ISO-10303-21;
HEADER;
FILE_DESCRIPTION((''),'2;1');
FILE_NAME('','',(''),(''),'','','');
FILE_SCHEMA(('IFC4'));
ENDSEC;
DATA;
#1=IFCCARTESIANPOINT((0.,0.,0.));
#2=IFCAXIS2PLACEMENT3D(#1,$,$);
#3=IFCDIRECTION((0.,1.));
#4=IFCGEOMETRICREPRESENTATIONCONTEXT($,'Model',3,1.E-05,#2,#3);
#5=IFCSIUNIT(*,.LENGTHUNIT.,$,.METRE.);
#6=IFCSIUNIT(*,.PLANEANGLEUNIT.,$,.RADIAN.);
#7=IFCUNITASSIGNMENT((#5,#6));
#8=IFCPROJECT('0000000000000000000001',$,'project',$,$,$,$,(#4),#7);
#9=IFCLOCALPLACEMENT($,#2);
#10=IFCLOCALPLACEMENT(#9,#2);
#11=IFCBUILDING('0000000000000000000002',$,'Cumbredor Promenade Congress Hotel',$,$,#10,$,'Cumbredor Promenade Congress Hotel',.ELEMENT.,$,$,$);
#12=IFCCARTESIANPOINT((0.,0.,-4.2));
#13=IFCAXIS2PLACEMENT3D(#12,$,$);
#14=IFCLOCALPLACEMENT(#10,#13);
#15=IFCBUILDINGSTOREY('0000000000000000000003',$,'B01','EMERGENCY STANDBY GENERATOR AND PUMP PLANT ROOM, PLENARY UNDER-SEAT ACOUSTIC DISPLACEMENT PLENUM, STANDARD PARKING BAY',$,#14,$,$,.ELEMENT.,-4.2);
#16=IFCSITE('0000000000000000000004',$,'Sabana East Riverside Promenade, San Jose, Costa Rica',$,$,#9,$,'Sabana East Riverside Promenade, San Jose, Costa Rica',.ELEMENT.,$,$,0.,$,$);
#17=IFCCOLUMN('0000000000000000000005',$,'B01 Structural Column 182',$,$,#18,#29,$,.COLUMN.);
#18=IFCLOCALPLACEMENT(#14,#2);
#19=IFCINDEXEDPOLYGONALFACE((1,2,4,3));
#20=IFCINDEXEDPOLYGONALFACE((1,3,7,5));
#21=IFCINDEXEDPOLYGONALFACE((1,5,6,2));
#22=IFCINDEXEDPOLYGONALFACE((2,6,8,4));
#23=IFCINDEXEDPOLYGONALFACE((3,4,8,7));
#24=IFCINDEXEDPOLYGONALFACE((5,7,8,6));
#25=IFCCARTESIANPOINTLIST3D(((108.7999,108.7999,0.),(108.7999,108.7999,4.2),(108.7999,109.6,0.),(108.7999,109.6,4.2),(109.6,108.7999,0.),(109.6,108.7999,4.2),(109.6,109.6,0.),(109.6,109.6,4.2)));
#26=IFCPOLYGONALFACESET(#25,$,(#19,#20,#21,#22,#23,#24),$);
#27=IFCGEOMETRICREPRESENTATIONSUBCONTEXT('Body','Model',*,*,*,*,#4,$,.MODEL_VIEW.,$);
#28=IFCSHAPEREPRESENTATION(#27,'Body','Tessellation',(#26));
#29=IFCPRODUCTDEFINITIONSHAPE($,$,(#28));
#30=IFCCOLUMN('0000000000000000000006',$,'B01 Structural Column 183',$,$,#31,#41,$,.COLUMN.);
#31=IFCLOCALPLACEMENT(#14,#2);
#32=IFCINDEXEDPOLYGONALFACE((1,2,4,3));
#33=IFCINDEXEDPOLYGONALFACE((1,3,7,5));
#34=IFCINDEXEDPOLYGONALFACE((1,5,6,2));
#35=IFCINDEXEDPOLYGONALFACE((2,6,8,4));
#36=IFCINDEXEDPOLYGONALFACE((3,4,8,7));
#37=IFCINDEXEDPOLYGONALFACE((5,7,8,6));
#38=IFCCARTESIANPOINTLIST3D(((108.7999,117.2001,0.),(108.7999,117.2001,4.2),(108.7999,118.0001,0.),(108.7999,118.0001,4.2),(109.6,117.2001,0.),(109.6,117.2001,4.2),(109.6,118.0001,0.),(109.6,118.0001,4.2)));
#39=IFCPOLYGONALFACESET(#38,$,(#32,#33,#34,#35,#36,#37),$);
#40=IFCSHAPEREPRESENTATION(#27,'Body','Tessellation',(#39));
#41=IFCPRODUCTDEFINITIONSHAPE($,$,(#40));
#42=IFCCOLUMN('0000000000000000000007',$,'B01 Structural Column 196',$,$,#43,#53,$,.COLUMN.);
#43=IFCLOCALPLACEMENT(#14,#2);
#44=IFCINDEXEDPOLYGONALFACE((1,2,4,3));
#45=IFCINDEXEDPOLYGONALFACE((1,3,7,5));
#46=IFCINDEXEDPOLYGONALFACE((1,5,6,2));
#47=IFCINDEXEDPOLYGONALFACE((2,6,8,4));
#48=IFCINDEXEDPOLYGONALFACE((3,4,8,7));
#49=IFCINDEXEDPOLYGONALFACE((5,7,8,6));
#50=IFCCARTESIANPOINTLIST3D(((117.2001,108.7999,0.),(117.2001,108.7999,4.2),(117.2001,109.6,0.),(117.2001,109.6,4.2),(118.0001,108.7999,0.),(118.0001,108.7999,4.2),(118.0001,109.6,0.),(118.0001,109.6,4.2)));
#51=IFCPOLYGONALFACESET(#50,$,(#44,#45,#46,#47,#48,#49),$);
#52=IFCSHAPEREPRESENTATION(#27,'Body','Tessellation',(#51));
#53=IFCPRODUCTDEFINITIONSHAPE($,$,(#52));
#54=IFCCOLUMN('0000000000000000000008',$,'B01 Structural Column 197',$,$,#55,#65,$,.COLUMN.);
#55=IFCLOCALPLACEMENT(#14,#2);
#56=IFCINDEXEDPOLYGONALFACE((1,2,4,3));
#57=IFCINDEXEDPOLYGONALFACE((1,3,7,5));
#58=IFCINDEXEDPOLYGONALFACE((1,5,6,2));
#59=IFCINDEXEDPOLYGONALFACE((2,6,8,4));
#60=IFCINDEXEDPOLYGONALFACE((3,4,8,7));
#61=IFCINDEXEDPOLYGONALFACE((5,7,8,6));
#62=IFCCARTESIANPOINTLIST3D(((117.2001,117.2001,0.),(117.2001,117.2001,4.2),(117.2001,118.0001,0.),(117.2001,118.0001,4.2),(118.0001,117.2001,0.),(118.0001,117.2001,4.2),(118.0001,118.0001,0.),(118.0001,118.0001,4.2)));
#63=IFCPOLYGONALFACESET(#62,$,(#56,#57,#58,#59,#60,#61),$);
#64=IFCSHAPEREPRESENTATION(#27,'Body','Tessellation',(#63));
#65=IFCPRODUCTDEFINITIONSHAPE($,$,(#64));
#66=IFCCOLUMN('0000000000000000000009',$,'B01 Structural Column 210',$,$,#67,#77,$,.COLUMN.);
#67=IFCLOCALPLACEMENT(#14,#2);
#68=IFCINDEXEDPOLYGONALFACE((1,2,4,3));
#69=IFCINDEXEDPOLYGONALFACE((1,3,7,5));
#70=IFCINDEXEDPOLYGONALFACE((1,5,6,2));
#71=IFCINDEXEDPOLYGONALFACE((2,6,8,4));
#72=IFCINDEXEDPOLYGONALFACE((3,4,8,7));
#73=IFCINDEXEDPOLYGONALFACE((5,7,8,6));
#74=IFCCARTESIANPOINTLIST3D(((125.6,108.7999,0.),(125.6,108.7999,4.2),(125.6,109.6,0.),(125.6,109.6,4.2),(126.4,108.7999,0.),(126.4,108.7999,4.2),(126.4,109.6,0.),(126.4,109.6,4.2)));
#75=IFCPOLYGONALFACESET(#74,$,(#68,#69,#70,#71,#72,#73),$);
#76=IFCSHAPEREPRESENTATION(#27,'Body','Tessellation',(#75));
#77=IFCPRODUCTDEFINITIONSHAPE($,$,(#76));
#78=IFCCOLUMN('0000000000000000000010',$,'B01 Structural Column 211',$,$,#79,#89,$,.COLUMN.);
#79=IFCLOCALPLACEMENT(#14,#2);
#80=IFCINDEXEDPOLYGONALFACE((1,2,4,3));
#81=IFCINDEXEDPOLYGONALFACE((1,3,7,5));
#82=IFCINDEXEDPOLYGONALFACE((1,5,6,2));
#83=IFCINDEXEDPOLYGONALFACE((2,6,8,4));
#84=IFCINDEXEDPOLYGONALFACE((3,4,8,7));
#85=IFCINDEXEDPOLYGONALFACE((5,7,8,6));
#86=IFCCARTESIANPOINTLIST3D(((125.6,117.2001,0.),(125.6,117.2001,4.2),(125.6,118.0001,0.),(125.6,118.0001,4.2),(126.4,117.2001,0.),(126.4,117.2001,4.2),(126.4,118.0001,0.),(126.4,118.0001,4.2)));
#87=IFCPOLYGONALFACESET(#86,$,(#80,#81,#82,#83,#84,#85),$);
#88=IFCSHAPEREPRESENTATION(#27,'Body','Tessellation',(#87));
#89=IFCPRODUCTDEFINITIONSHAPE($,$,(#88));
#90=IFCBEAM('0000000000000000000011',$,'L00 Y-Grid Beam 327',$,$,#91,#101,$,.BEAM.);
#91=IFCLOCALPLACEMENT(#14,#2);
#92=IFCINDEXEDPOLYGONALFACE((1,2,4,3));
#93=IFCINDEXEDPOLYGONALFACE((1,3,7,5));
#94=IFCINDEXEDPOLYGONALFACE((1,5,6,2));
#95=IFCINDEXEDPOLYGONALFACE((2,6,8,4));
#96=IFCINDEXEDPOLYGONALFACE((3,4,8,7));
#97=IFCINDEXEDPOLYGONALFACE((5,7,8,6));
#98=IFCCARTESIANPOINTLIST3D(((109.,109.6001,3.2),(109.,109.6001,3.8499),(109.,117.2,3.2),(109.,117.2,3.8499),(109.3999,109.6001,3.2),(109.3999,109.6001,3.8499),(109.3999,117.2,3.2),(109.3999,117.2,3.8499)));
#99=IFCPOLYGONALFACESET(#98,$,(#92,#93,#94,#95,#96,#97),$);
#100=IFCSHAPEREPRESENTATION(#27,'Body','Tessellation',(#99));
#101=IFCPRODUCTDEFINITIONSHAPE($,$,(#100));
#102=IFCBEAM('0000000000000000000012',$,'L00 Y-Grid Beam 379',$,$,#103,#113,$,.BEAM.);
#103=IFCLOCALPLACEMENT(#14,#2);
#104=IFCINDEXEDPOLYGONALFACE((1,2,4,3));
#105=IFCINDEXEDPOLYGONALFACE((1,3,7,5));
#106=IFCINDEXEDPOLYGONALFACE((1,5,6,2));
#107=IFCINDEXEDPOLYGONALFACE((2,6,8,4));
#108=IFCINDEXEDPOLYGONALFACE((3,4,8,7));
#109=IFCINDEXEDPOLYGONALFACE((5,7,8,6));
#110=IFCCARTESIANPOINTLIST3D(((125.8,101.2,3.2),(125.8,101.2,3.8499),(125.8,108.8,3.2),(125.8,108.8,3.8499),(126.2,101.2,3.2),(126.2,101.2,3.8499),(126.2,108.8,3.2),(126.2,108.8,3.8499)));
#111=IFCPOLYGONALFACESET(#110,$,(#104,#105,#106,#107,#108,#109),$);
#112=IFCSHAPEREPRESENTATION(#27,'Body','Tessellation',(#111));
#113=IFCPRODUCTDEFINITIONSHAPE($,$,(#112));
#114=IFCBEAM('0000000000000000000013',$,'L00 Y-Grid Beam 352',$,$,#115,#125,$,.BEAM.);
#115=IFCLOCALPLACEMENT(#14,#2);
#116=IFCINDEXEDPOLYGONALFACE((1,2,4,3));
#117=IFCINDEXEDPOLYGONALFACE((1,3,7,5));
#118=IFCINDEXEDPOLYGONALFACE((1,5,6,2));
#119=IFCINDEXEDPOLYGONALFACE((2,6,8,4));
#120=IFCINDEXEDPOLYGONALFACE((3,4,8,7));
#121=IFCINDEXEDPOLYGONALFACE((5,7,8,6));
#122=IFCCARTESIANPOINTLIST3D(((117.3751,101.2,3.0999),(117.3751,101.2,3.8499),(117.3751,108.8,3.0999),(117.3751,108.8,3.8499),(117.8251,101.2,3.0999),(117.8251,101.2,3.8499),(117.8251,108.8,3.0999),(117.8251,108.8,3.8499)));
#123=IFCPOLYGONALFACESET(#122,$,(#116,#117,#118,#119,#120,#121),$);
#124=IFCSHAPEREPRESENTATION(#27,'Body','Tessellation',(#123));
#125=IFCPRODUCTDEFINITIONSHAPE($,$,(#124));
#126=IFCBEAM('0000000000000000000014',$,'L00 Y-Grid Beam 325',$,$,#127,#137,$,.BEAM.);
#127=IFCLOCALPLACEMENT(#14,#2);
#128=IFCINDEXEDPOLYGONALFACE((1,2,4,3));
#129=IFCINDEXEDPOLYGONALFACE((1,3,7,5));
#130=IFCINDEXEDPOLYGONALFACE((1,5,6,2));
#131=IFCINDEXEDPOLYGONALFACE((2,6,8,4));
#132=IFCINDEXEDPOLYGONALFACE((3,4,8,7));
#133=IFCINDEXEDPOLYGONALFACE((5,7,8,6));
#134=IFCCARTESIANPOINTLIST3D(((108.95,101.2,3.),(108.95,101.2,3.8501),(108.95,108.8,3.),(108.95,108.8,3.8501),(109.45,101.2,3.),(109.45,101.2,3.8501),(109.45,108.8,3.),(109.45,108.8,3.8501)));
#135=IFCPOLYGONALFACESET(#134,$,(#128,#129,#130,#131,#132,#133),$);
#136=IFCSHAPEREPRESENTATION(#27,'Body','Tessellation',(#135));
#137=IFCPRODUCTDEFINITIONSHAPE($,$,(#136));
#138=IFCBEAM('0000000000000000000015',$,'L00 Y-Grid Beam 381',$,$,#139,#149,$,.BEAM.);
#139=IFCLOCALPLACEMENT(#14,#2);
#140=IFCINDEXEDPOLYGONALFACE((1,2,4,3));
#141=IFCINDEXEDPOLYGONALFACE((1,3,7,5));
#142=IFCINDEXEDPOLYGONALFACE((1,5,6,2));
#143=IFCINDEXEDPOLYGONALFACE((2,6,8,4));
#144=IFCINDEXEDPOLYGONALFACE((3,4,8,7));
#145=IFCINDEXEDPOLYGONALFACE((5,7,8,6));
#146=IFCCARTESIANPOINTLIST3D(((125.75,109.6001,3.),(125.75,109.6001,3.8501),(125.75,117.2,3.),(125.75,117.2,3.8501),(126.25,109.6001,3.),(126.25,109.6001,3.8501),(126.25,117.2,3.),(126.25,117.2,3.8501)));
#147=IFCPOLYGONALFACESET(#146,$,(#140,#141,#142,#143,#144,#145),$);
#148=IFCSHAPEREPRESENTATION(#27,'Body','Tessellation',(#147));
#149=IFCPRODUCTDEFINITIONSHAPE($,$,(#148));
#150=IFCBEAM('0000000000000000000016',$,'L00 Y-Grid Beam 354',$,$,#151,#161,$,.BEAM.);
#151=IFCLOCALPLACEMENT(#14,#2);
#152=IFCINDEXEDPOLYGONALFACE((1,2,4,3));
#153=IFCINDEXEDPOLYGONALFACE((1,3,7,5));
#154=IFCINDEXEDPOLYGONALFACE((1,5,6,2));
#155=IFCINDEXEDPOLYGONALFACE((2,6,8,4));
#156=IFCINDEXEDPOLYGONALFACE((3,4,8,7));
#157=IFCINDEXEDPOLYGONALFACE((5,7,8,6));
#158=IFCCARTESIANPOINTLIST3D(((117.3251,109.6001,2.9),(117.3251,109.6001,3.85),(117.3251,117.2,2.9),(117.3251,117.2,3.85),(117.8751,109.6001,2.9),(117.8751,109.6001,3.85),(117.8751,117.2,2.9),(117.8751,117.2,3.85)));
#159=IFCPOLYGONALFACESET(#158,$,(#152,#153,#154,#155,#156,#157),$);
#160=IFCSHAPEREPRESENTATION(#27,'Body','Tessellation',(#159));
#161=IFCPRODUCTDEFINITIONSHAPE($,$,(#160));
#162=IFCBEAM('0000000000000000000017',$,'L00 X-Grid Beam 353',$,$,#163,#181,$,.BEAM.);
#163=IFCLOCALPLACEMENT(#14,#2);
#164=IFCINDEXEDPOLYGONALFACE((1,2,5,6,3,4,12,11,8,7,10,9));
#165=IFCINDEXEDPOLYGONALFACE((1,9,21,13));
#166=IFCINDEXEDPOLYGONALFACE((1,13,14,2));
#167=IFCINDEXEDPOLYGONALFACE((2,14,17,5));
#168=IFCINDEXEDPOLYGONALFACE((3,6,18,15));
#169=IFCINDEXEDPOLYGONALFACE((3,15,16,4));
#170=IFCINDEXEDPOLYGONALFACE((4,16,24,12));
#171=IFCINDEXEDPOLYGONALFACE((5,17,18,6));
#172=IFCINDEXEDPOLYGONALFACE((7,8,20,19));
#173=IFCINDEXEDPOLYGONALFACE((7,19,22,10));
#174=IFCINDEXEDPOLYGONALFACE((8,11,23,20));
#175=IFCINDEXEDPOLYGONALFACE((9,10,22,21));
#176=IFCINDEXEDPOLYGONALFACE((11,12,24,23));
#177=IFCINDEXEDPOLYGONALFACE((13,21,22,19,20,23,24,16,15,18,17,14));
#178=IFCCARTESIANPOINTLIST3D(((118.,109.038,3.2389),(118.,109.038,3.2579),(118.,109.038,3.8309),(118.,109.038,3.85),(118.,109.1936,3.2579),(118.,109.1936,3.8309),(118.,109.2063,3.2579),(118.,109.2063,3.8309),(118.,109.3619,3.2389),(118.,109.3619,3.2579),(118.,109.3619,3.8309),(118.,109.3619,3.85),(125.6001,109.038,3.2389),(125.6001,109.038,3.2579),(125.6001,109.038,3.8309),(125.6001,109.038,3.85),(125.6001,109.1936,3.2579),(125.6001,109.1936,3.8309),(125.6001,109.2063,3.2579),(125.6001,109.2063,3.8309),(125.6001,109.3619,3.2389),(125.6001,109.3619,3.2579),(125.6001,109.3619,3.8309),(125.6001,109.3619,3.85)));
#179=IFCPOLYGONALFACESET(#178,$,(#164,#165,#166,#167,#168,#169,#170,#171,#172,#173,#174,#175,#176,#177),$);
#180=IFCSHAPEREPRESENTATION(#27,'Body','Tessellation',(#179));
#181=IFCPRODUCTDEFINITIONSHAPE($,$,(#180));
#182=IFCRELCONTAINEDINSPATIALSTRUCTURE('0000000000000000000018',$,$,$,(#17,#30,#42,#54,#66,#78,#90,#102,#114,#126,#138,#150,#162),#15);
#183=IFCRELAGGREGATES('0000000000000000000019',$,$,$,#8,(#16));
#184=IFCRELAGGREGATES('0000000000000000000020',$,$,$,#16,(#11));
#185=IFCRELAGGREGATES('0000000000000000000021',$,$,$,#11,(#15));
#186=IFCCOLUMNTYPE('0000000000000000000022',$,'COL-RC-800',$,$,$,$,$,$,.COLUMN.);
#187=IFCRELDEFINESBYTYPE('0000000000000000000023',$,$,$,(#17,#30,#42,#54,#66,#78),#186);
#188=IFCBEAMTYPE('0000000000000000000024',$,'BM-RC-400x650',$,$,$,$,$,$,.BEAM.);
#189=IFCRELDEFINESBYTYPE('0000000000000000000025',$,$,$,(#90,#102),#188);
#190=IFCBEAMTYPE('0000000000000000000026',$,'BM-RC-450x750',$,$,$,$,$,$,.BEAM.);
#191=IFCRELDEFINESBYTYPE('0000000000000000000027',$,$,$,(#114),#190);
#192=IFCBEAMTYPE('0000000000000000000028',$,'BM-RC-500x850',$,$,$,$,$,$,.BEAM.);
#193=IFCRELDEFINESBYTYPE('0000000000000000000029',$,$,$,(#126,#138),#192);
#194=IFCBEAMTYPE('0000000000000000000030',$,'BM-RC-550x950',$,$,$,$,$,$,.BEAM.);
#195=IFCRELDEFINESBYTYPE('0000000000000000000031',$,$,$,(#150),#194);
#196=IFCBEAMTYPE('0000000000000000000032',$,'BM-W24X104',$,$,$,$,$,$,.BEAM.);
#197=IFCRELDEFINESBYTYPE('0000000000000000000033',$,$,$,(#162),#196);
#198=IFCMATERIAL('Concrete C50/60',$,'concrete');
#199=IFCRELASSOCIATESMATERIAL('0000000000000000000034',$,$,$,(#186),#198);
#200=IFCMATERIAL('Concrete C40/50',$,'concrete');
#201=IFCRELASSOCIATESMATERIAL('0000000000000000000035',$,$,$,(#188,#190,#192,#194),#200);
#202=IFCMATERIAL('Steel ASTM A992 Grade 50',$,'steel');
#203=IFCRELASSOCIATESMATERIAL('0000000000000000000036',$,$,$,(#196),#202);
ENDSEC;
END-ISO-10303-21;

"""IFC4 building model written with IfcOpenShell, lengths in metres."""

from ifc_helpers import new_model, si_unit, direction, frame, origin, origin_2d, place, context, subcontext, project, spatial, rectangle, i_section, extrude, material, material_profile, profile_set, type_object, element, save


model = new_model("IFC4")

# Units and contexts
model_context = context("Model", 3, precision=1e-05, world=origin(), true_north=direction((0.0, 1.0)))
body_context = subcontext(model_context, "Body", "Model", "MODEL_VIEW")
ifc_project = project(units=[si_unit("LENGTHUNIT", "METRE"), si_unit("PLANEANGLEUNIT", "RADIAN")], contexts=[model_context])

# Site, building, storey
site_placement = place(None, origin())
site = spatial("IfcSite", under=ifc_project, at=site_placement, Name="Sabana East Riverside Promenade, San Jose, Costa Rica", LongName="Sabana East Riverside Promenade, San Jose, Costa Rica", CompositionType="ELEMENT", RefElevation=0.0)
building_placement = place(site_placement, origin())
building = spatial("IfcBuilding", under=site, at=building_placement, Name="Cumbredor Promenade Congress Hotel", LongName="Cumbredor Promenade Congress Hotel", CompositionType="ELEMENT")
storey_placement = place(building_placement, frame((0.0, 0.0, -4.2)))
storey = spatial("IfcBuildingStorey", under=building, at=storey_placement, Name="B01", Description="EMERGENCY STANDBY GENERATOR AND PUMP PLANT ROOM, PLENARY UNDER-SEAT ACOUSTIC DISPLACEMENT PLENUM, STANDARD PARKING BAY", CompositionType="ELEMENT", Elevation=-4.2)

# Columns
ifc_material_1 = material(Name="Concrete C50/60", Category="concrete")
ifc_material_profile_1 = material_profile(ifc_material_1, rectangle(XDim=0.8, YDim=0.8, at=origin_2d()), Name="RC 800x800")
ifc_profile_set_1 = profile_set([ifc_material_profile_1], Name="Concrete C50/60")
column_type = type_object("IfcColumnType", Name="COL-RC-800", PredefinedType="COLUMN", material=ifc_profile_set_1)
for number, where, z_axis, x_axis, name in (
    (1, (109.2, 109.2, 0.0), (0.0, 0.0, 1.0), (1.0, 0.0, 0.0), "B01 Structural Column 182"),
    (2, (109.2, 117.6001, 0.0), (0.0, 0.0, 1.0), (1.0, 0.0, 0.0), "B01 Structural Column 183"),
    (3, (117.6001, 109.2, 0.0), (0.0, 0.0, 1.0), (1.0, 0.0, 0.0), "B01 Structural Column 196"),
    (4, (117.6001, 117.6001, 0.0), (0.0, 0.0, 1.0), (1.0, 0.0, 0.0), "B01 Structural Column 197"),
    (5, (126.0, 109.2, 0.0), (0.0, 0.0, 1.0), (1.0, 0.0, 0.0), "B01 Structural Column 210"),
    (6, (126.0, 117.6001, 0.0), (0.0, 0.0, 1.0), (1.0, 0.0, 0.0), "B01 Structural Column 211"),
):
    element("IfcColumn", number, at=place(storey_placement, frame(where, z_axis=z_axis, x_axis=x_axis)), inside=storey, type_object=column_type, Name=name, PredefinedType="COLUMN", context=body_context, shape_type="SweptSolid", body=[
        extrude(rectangle(XDim=0.8, YDim=0.8, at=origin_2d()), origin(), (0.0, 0.0, 1.0), 4.2),
    ])

# Beams
ifc_material_2 = material(Name="Concrete C40/50", Category="concrete")
ifc_material_profile_2 = material_profile(ifc_material_2, rectangle(XDim=0.3999, YDim=0.6499, at=origin_2d()), Name="RC BEAM 400x650")
ifc_profile_set_2 = profile_set([ifc_material_profile_2], Name="Concrete C40/50")
beam_type_1 = type_object("IfcBeamType", Name="BM-RC-400x650", PredefinedType="BEAM", material=ifc_profile_set_2)
beam_1_placement = place(storey_placement, frame((109.2, 109.6001, 3.5249), z_axis=(0.0, 1.0, 0.0), x_axis=(-1.0, 0.0, 0.0)))
element("IfcBeam", 7, at=beam_1_placement, inside=storey, type_object=beam_type_1, Name="L00 Y-Grid Beam 327", PredefinedType="BEAM", context=body_context, shape_type="SweptSolid", body=[
    extrude(rectangle(XDim=0.3999, YDim=0.6499, at=origin_2d()), origin(), (0.0, 0.0, 1.0), 7.5999),
])
beam_2_placement = place(storey_placement, frame((126.0, 101.2, 3.5249), z_axis=(0.0, 1.0, 0.0), x_axis=(-1.0, 0.0, 0.0)))
element("IfcBeam", 8, at=beam_2_placement, inside=storey, type_object=beam_type_1, Name="L00 Y-Grid Beam 379", PredefinedType="BEAM", context=body_context, shape_type="SweptSolid", body=[
    extrude(rectangle(XDim=0.3999, YDim=0.6499, at=origin_2d()), origin(), (0.0, 0.0, 1.0), 7.6001),
])
ifc_material_profile_3 = material_profile(ifc_material_2, rectangle(XDim=0.45, YDim=0.75, at=origin_2d()), Name="RC BEAM 450x750")
ifc_profile_set_3 = profile_set([ifc_material_profile_3], Name="Concrete C40/50")
beam_type_2 = type_object("IfcBeamType", Name="BM-RC-450x750", PredefinedType="BEAM", material=ifc_profile_set_3)
beam_3_placement = place(storey_placement, frame((117.6001, 101.2, 3.4749), z_axis=(0.0, 1.0, 0.0), x_axis=(-1.0, 0.0, 0.0)))
element("IfcBeam", 9, at=beam_3_placement, inside=storey, type_object=beam_type_2, Name="L00 Y-Grid Beam 352", PredefinedType="BEAM", context=body_context, shape_type="SweptSolid", body=[
    extrude(rectangle(XDim=0.45, YDim=0.75, at=origin_2d()), origin(), (0.0, 0.0, 1.0), 7.6001),
])
ifc_material_profile_4 = material_profile(ifc_material_2, rectangle(XDim=0.5, YDim=0.8501, at=origin_2d()), Name="RC BEAM 500x850")
ifc_profile_set_4 = profile_set([ifc_material_profile_4], Name="Concrete C40/50")
beam_type_3 = type_object("IfcBeamType", Name="BM-RC-500x850", PredefinedType="BEAM", material=ifc_profile_set_4)
beam_4_placement = place(storey_placement, frame((109.2, 101.2, 3.425), z_axis=(0.0, 1.0, 0.0), x_axis=(-1.0, 0.0, 0.0)))
element("IfcBeam", 10, at=beam_4_placement, inside=storey, type_object=beam_type_3, Name="L00 Y-Grid Beam 325", PredefinedType="BEAM", context=body_context, shape_type="SweptSolid", body=[
    extrude(rectangle(XDim=0.5, YDim=0.8501, at=origin_2d()), origin(), (0.0, 0.0, 1.0), 7.6001),
])
beam_5_placement = place(storey_placement, frame((126.0, 109.6001, 3.425), z_axis=(0.0, 1.0, 0.0), x_axis=(-1.0, 0.0, 0.0)))
element("IfcBeam", 11, at=beam_5_placement, inside=storey, type_object=beam_type_3, Name="L00 Y-Grid Beam 381", PredefinedType="BEAM", context=body_context, shape_type="SweptSolid", body=[
    extrude(rectangle(XDim=0.5, YDim=0.8501, at=origin_2d()), origin(), (0.0, 0.0, 1.0), 7.5999),
])
ifc_material_profile_5 = material_profile(ifc_material_2, rectangle(XDim=0.55, YDim=0.95, at=origin_2d()), Name="RC BEAM 550x950")
ifc_profile_set_5 = profile_set([ifc_material_profile_5], Name="Concrete C40/50")
beam_type_4 = type_object("IfcBeamType", Name="BM-RC-550x950", PredefinedType="BEAM", material=ifc_profile_set_5)
beam_6_placement = place(storey_placement, frame((117.6001, 109.6001, 3.375), z_axis=(0.0, 1.0, 0.0), x_axis=(-1.0, 0.0, 0.0)))
element("IfcBeam", 12, at=beam_6_placement, inside=storey, type_object=beam_type_4, Name="L00 Y-Grid Beam 354", PredefinedType="BEAM", context=body_context, shape_type="SweptSolid", body=[
    extrude(rectangle(XDim=0.55, YDim=0.95, at=origin_2d()), origin(), (0.0, 0.0, 1.0), 7.5999),
])
ifc_material_3 = material(Name="Steel ASTM A992 Grade 50", Category="steel")
ifc_material_profile_6 = material_profile(ifc_material_3, i_section(OverallWidth=0.324, OverallDepth=0.6111, WebThickness=0.0127, FlangeThickness=0.019, at=origin_2d()), Name="W24X104")
ifc_profile_set_6 = profile_set([ifc_material_profile_6], Name="Steel ASTM A992 Grade 50")
beam_type_5 = type_object("IfcBeamType", Name="BM-W24X104", PredefinedType="BEAM", material=ifc_profile_set_6)
beam_7_placement = place(storey_placement, frame((118.0, 109.2, 3.5444), z_axis=(1.0, 0.0, 0.0), x_axis=(0.0, 1.0, 0.0)))
element("IfcBeam", 13, at=beam_7_placement, inside=storey, type_object=beam_type_5, Name="L00 X-Grid Beam 353", PredefinedType="BEAM", context=body_context, shape_type="SweptSolid", body=[
    extrude(i_section(OverallWidth=0.324, OverallDepth=0.6111, WebThickness=0.0127, FlangeThickness=0.019, at=origin_2d()), origin(), (0.0, 0.0, 1.0), 7.6001),
])

save(model, "model.ifc")
